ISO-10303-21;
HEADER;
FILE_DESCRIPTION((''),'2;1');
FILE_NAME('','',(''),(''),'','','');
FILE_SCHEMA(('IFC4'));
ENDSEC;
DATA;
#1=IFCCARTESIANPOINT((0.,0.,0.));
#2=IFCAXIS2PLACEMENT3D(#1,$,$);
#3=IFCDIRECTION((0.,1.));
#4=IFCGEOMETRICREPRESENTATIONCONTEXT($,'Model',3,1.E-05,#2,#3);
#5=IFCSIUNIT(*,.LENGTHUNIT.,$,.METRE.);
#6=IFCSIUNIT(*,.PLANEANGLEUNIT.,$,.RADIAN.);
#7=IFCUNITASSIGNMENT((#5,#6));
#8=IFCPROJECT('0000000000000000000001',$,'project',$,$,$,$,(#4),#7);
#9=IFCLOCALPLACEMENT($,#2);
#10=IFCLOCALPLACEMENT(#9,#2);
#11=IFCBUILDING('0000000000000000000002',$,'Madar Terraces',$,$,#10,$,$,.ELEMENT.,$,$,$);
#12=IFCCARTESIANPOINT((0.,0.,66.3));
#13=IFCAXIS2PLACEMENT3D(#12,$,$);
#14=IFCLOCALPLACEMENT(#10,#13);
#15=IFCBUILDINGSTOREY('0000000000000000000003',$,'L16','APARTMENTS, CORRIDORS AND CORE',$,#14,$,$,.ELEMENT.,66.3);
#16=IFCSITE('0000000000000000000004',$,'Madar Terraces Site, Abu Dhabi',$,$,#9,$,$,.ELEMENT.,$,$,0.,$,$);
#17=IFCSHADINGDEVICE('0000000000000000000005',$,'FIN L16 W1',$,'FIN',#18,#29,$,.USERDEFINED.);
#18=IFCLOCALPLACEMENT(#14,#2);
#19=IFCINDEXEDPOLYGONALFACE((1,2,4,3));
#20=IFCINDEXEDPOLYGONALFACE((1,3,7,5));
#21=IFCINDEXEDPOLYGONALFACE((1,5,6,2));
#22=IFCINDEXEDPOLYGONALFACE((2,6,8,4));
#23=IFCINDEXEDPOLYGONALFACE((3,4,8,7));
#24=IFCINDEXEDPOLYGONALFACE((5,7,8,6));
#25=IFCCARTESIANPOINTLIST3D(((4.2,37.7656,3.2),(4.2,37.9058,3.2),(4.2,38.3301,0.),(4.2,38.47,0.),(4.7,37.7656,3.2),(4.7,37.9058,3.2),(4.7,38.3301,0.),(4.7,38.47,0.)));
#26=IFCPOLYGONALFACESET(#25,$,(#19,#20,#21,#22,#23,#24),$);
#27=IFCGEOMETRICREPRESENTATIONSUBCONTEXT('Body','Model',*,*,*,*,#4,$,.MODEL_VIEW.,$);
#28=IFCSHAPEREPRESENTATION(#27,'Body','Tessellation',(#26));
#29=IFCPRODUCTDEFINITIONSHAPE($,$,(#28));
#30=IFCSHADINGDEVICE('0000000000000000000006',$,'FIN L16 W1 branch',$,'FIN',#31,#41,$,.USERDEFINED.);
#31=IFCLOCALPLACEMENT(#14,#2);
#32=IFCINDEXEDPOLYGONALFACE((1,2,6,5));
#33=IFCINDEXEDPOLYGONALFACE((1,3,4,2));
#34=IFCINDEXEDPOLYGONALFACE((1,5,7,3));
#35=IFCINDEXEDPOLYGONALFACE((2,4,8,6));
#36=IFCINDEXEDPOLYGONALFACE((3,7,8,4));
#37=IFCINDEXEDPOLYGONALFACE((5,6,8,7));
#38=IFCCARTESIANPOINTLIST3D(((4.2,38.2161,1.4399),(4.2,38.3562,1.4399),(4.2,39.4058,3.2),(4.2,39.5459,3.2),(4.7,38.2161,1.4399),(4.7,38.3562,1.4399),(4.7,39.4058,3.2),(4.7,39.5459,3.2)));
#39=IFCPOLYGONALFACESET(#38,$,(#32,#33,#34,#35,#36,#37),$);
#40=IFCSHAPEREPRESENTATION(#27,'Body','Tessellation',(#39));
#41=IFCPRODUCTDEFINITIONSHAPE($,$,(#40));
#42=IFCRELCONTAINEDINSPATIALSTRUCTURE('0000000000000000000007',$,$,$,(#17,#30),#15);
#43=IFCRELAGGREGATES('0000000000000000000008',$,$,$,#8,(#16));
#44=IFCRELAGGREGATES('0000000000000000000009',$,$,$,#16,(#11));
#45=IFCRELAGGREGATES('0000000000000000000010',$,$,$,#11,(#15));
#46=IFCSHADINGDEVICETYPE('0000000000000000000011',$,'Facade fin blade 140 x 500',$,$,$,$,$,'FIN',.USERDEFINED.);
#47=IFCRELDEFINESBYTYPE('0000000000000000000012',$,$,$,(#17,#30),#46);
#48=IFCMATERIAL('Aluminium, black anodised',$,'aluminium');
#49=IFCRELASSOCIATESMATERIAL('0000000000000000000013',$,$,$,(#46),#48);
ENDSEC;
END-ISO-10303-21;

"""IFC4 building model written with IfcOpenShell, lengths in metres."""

from ifc_helpers import new_model, si_unit, direction, frame, origin, place, context, subcontext, project, spatial, polyline, outline, extrude, material, type_object, element, save


model = new_model("IFC4")

# Units and contexts
model_context = context("Model", 3, precision=1e-05, world=origin(), true_north=direction((0.0, 1.0)))
body_context = subcontext(model_context, "Body", "Model", "MODEL_VIEW")
ifc_project = project(units=[si_unit("LENGTHUNIT", "METRE"), si_unit("PLANEANGLEUNIT", "RADIAN")], contexts=[model_context])

# Site, building, storey
site_placement = place(None, origin())
site = spatial("IfcSite", under=ifc_project, at=site_placement, Name="Madar Terraces Site, Abu Dhabi", CompositionType="ELEMENT", RefElevation=0.0)
building_placement = place(site_placement, origin())
building = spatial("IfcBuilding", under=site, at=building_placement, Name="Madar Terraces", CompositionType="ELEMENT")
storey_placement = place(building_placement, frame((0.0, 0.0, 66.3)))
storey = spatial("IfcBuildingStorey", under=building, at=storey_placement, Name="L16", Description="APARTMENTS, CORRIDORS AND CORE", CompositionType="ELEMENT", Elevation=66.3)

# Shading devices
ifc_material_1 = material(Name="Aluminium, black anodised", Category="aluminium")
shading_device_type = type_object("IfcShadingDeviceType", Name="Facade fin blade 140 x 500", ElementType="FIN", PredefinedType="USERDEFINED", material=ifc_material_1)
shading_device_1_placement = place(storey_placement, frame((4.45, 38.47, 0.0), z_axis=(0.0, 0.0, 1.0), x_axis=(0.0, -1.0, 0.0)))
element("IfcShadingDevice", 1, at=shading_device_1_placement, inside=storey, type_object=shading_device_type, Name="FIN L16 W1", ObjectType="FIN", PredefinedType="USERDEFINED", context=body_context, shape_type="SweptSolid", body=[
    extrude(outline(polyline([(0.0, 0.0), (0.1399, 0.0), (0.7043, 3.2), (0.5642, 3.2), (0.0, 0.0)])), frame((0.0, 0.25, 0.0), z_axis=(0.0, -1.0, 0.0), x_axis=(1.0, 0.0, 0.0)), (0.0, 0.0, 1.0), 0.5),
])
shading_device_2_placement = place(storey_placement, frame((4.45, 38.3562, 1.4399), z_axis=(0.0, 0.0, 1.0), x_axis=(0.0, -1.0, 0.0)))
element("IfcShadingDevice", 2, at=shading_device_2_placement, inside=storey, type_object=shading_device_type, Name="FIN L16 W1 branch", ObjectType="FIN", PredefinedType="USERDEFINED", context=body_context, shape_type="SweptSolid", body=[
    extrude(outline(polyline([(0.0, 0.0), (0.1401, 0.0), (-1.0496, 1.76), (-1.1897, 1.76), (0.0, 0.0)])), frame((0.0, 0.25, 0.0), z_axis=(0.0, -1.0, 0.0), x_axis=(1.0, 0.0, 0.0)), (0.0, 0.0, 1.0), 0.5),
])

save(model, "model.ifc")
